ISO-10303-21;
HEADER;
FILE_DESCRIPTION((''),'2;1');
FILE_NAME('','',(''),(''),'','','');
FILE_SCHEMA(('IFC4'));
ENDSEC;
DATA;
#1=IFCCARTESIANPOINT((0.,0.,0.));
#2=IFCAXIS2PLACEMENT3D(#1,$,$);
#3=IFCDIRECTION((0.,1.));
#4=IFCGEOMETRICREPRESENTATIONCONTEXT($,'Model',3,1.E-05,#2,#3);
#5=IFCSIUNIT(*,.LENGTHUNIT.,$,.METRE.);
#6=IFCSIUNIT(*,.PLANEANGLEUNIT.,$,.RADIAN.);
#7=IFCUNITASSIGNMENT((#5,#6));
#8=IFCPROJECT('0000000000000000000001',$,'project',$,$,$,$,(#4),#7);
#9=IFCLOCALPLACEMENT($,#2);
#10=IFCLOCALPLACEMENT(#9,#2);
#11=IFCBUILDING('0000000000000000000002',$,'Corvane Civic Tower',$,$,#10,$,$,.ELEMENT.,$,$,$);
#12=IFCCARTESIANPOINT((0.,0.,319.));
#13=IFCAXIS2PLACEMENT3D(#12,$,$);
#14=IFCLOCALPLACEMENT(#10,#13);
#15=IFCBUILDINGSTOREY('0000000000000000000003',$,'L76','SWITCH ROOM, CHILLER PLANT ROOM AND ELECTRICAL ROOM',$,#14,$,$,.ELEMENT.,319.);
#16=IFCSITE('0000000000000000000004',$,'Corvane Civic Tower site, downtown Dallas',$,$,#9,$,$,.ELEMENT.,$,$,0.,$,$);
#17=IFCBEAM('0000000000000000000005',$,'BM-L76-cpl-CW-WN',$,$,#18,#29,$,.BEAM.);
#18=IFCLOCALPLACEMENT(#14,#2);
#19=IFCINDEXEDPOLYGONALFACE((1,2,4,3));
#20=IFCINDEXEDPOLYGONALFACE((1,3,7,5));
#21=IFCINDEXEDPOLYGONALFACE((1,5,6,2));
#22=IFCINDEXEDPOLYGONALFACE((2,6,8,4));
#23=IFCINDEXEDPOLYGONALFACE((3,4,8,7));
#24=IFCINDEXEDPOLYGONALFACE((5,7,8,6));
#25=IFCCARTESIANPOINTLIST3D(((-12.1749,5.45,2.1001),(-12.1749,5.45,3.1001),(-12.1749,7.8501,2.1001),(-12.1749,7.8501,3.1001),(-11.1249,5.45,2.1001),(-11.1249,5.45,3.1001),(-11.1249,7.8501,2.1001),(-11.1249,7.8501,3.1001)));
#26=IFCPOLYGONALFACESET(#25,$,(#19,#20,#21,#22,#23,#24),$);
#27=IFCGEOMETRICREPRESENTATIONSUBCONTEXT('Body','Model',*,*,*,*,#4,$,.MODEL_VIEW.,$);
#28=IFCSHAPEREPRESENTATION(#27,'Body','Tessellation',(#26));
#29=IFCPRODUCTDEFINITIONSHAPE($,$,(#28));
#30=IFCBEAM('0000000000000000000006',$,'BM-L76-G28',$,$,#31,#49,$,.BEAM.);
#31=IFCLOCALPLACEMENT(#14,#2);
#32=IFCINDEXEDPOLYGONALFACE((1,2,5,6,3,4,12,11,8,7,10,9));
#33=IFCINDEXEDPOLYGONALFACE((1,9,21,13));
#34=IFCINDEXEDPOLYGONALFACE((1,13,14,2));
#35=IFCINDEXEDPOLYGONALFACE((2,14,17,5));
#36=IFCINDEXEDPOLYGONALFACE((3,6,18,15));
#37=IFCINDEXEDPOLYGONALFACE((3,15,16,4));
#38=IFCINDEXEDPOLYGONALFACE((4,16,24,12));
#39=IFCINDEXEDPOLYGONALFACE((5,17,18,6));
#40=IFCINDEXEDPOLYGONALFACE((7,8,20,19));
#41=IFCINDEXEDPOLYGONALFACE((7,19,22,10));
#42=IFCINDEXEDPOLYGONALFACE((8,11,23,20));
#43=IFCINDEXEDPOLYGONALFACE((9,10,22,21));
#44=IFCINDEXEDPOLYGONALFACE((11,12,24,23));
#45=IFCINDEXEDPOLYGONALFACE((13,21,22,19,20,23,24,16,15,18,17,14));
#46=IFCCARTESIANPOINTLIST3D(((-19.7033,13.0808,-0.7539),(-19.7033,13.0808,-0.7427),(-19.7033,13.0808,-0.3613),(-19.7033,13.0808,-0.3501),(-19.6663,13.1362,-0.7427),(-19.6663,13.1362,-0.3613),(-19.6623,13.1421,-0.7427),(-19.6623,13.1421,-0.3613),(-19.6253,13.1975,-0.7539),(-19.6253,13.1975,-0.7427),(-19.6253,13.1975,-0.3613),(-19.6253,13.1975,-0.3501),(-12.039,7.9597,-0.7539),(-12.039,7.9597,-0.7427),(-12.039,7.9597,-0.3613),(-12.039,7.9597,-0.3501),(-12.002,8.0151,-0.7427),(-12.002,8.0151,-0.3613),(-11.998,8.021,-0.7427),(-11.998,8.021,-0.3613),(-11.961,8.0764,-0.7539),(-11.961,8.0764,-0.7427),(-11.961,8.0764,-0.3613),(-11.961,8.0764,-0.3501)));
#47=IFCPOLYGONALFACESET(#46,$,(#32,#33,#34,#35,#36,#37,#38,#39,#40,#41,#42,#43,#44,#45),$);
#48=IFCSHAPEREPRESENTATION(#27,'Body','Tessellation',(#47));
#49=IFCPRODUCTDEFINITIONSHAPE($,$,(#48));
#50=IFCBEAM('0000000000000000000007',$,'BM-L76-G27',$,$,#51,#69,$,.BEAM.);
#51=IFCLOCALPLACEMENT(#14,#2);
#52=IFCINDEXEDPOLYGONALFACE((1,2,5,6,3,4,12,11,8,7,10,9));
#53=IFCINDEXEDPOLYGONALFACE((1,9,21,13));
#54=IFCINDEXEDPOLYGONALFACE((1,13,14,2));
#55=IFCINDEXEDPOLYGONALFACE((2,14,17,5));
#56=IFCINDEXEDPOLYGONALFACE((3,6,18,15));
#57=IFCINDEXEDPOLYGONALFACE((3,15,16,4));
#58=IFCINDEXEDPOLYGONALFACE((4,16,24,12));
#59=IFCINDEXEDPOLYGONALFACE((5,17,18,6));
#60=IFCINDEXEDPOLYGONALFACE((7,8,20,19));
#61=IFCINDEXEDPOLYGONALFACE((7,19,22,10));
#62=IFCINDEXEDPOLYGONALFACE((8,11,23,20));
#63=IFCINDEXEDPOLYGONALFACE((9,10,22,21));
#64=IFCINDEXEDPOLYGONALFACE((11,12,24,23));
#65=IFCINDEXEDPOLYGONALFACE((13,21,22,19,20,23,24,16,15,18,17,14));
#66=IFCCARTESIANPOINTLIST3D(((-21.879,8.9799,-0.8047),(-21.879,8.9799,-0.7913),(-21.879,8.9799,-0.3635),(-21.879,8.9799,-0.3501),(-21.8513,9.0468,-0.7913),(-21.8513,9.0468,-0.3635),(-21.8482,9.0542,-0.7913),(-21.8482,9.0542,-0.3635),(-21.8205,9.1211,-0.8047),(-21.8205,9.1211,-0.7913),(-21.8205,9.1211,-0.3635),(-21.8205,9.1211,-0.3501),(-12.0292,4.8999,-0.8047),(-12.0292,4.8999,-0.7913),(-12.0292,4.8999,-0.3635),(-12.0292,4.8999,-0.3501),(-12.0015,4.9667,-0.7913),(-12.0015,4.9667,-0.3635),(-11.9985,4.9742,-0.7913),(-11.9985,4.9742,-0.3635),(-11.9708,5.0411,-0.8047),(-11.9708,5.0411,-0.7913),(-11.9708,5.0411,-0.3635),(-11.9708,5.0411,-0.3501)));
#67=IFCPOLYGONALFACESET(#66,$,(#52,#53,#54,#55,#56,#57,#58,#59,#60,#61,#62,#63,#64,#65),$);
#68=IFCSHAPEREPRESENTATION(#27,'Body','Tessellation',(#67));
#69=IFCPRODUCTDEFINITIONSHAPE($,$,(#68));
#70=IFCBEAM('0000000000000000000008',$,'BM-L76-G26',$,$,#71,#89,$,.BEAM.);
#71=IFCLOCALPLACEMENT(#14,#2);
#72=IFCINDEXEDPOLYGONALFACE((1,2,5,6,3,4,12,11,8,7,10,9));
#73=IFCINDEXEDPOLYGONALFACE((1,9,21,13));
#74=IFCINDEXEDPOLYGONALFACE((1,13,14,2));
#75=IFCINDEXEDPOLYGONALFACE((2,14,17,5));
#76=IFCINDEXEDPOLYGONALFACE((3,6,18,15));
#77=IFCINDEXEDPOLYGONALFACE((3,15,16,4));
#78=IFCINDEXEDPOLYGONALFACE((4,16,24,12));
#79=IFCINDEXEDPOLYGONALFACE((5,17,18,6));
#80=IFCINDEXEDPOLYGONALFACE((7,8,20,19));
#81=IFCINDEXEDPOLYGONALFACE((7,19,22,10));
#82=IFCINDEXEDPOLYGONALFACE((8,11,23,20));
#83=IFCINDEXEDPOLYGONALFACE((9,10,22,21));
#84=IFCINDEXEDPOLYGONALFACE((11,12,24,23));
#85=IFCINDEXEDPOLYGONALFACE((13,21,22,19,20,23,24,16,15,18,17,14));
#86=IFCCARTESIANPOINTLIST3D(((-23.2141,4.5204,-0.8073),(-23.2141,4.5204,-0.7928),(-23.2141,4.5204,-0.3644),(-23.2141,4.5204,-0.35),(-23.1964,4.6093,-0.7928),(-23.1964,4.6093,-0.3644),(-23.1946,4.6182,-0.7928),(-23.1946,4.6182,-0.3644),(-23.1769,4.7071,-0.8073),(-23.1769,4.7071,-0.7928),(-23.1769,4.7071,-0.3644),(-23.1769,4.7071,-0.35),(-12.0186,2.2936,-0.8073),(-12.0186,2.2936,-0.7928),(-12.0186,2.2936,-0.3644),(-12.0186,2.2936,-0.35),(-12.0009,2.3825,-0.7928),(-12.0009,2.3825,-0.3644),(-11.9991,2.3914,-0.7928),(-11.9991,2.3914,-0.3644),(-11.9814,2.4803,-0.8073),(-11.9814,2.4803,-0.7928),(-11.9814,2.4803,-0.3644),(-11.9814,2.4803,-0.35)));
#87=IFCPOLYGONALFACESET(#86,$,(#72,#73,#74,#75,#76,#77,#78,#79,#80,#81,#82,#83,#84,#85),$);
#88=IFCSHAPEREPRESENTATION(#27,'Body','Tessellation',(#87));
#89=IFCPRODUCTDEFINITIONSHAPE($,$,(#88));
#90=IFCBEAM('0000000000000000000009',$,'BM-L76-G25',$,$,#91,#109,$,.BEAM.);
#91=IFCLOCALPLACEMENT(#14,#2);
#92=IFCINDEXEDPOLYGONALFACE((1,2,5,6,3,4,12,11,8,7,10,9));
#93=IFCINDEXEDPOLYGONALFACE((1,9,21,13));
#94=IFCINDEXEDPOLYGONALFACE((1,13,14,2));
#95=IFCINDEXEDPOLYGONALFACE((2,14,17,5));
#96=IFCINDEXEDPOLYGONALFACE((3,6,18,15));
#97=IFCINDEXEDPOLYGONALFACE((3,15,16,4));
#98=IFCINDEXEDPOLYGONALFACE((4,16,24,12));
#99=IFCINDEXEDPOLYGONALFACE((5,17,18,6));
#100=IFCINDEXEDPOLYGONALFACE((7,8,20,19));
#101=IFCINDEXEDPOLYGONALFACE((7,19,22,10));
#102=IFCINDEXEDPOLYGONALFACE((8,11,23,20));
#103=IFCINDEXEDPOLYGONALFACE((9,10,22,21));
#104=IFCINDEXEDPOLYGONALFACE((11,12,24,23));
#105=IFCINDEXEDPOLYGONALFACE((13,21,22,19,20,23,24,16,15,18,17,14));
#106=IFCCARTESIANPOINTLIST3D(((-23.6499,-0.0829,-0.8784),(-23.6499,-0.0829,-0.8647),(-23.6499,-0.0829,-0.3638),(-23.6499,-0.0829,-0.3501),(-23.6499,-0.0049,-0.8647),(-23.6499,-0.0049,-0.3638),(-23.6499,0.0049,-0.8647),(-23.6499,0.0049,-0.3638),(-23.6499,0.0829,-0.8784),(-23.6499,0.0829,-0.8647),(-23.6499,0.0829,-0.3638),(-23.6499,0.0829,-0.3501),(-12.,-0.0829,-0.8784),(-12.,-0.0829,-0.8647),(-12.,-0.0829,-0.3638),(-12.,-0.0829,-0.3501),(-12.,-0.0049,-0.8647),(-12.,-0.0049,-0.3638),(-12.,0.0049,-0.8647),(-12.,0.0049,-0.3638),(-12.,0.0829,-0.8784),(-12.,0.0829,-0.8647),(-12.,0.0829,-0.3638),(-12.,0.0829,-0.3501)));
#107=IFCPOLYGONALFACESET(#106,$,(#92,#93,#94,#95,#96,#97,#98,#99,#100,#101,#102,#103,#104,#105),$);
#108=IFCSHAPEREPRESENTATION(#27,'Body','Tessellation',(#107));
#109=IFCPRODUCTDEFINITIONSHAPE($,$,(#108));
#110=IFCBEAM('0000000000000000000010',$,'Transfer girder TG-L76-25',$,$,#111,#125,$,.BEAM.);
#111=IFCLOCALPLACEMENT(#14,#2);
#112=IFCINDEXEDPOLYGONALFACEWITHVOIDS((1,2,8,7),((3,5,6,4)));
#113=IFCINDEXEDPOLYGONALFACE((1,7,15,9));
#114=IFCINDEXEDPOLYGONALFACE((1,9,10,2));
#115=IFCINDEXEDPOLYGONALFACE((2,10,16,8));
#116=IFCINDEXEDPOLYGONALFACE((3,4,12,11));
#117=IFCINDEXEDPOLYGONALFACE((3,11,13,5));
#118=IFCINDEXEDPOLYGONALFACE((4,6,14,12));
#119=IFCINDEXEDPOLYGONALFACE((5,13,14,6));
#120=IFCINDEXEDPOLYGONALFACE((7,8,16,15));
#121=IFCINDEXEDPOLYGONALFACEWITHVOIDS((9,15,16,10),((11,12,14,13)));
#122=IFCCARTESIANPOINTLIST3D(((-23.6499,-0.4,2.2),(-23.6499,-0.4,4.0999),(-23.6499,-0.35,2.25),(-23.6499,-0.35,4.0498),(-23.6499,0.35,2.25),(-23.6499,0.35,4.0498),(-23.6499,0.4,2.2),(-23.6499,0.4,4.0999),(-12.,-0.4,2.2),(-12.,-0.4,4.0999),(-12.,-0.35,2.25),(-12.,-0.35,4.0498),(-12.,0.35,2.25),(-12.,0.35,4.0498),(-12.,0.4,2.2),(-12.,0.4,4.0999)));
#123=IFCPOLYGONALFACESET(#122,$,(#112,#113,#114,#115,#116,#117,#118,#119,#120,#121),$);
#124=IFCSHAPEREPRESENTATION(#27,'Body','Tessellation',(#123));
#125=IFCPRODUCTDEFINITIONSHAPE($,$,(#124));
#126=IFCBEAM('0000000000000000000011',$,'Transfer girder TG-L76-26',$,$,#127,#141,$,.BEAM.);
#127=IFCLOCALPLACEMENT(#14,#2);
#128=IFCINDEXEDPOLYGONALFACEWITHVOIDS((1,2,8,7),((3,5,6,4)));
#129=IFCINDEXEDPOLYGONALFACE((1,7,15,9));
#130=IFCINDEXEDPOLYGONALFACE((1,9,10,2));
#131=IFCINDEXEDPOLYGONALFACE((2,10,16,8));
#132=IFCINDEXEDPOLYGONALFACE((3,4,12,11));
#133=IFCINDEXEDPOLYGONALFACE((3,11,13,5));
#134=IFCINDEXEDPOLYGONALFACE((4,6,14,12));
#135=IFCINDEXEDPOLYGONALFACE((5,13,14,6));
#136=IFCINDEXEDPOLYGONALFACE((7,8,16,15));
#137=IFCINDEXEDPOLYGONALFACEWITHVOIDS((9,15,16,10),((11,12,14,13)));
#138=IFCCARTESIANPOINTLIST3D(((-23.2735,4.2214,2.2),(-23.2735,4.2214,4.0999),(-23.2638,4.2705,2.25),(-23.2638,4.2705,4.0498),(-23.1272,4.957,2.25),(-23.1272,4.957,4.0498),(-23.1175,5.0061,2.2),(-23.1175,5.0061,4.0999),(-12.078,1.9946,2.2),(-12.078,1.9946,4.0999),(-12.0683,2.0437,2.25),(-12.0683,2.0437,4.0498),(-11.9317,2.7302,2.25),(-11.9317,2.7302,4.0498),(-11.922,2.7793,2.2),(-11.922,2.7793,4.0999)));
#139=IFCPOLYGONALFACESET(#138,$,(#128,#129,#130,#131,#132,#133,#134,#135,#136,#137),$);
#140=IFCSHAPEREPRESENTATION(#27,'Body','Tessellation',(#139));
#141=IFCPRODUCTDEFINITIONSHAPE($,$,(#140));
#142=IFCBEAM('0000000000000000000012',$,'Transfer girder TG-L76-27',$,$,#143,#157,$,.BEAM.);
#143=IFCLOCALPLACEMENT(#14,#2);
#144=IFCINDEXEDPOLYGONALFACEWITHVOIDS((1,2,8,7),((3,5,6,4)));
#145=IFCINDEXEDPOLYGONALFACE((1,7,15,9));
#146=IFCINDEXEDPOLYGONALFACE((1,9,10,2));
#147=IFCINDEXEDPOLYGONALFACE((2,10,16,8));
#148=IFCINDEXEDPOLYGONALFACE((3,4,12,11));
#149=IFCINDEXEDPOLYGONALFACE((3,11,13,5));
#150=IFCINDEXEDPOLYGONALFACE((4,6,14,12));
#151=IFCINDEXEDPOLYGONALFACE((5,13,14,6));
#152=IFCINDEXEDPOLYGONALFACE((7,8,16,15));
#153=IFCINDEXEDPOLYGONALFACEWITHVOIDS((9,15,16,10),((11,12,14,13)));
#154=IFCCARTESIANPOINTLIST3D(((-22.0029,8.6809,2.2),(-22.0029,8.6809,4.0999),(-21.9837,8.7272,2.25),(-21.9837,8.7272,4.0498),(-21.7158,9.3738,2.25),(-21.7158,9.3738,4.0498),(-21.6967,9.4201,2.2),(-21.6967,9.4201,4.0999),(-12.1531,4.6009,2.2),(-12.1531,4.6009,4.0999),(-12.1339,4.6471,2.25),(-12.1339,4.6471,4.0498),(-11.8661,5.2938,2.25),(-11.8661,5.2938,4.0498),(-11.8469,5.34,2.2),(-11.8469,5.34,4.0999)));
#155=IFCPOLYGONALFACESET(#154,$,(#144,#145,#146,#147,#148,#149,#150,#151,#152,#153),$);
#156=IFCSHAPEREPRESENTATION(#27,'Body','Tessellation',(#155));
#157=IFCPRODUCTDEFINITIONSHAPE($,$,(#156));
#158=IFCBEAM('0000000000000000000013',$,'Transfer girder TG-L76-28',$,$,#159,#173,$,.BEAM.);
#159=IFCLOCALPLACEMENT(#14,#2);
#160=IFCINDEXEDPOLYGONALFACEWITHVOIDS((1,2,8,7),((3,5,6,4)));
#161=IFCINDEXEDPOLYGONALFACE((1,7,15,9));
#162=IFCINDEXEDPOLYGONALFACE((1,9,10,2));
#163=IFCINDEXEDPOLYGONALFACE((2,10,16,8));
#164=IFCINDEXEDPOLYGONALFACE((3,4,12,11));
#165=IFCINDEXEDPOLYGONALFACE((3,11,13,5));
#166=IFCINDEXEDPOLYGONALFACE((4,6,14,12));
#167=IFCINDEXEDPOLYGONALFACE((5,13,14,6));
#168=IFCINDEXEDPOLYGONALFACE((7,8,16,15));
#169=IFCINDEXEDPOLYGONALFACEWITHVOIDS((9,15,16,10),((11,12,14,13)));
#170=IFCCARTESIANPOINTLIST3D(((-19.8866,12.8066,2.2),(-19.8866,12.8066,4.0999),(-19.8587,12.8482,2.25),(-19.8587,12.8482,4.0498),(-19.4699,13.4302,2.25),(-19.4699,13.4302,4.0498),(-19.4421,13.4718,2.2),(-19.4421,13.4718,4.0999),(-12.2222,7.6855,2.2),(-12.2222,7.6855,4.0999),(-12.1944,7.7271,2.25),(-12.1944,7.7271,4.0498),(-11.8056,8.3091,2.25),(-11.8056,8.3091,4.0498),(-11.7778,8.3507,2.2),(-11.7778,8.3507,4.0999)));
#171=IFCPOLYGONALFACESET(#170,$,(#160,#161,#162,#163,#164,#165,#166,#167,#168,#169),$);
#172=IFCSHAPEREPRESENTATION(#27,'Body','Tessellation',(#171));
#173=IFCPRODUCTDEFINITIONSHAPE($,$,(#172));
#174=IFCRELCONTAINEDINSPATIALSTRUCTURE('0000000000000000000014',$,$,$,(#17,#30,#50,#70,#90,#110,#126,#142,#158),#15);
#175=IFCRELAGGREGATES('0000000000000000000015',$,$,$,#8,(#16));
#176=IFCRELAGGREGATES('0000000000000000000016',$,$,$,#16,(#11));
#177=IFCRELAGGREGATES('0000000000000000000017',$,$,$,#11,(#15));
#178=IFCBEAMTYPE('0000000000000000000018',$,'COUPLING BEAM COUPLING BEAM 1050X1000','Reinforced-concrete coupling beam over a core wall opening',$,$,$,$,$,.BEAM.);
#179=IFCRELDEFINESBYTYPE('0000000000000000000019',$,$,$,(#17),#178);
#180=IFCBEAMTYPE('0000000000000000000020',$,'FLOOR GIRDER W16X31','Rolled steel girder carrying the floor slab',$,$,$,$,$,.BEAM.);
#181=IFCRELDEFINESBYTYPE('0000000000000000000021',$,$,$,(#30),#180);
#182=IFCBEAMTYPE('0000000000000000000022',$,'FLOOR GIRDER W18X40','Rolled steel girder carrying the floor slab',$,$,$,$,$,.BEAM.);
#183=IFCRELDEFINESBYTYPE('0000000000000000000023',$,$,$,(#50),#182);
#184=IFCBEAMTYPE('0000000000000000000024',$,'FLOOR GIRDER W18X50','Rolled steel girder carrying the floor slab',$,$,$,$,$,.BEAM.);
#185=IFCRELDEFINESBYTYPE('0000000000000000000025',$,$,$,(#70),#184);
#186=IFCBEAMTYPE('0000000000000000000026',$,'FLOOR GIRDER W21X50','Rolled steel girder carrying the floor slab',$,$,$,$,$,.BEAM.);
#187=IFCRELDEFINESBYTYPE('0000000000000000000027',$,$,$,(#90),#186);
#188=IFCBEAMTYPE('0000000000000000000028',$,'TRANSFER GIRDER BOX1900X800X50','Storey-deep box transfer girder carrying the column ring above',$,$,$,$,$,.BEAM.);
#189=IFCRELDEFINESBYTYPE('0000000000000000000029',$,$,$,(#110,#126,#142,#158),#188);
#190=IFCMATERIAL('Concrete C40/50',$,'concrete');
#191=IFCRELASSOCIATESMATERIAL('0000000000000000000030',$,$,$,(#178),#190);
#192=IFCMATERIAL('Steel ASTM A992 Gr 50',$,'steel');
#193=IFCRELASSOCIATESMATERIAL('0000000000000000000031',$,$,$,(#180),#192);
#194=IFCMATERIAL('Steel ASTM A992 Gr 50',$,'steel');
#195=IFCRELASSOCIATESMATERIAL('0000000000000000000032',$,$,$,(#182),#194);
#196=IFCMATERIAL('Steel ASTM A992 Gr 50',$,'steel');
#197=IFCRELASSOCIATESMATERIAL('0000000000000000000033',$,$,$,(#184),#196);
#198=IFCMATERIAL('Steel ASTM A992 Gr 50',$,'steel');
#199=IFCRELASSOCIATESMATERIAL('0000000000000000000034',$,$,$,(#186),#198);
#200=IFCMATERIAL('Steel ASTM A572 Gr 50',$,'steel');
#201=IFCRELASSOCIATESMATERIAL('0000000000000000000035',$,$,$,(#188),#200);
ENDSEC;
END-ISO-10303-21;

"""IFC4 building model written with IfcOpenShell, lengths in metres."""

from ifc_helpers import new_model, si_unit, direction, frame, origin, origin_2d, place, context, subcontext, project, spatial, rectangle, hollow_rectangle, i_section, extrude, material, material_profile, profile_set, type_object, element, save


model = new_model("IFC4")

# Units and contexts
model_context = context("Model", 3, precision=1e-05, world=origin(), true_north=direction((0.0, 1.0)))
body_context = subcontext(model_context, "Body", "Model", "MODEL_VIEW")
ifc_project = project(units=[si_unit("LENGTHUNIT", "METRE"), si_unit("PLANEANGLEUNIT", "RADIAN")], contexts=[model_context])

# Site, building, storey
site_placement = place(None, origin())
site = spatial("IfcSite", under=ifc_project, at=site_placement, Name="Corvane Civic Tower site, downtown Dallas", CompositionType="ELEMENT", RefElevation=0.0)
building_placement = place(site_placement, origin())
building = spatial("IfcBuilding", under=site, at=building_placement, Name="Corvane Civic Tower", CompositionType="ELEMENT")
storey_placement = place(building_placement, frame((0.0, 0.0, 319.0)))
storey = spatial("IfcBuildingStorey", under=building, at=storey_placement, Name="L76", Description="SWITCH ROOM, CHILLER PLANT ROOM AND ELECTRICAL ROOM", CompositionType="ELEMENT", Elevation=319.0)

# Beams
ifc_material_1 = material(Name="Concrete C40/50", Category="concrete")
ifc_material_profile_1 = material_profile(ifc_material_1, rectangle(XDim=1.05, YDim=1.0, at=origin_2d()), Name="COUPLING BEAM 1050X1000")
ifc_profile_set_1 = profile_set([ifc_material_profile_1], Name="Concrete C40/50")
beam_type_1 = type_object("IfcBeamType", Name="COUPLING BEAM COUPLING BEAM 1050X1000", Description="Reinforced-concrete coupling beam over a core wall opening", PredefinedType="BEAM", material=ifc_profile_set_1)
beam_1_placement = place(storey_placement, frame((-11.6499, 5.45, 2.6001), z_axis=(0.0, 1.0, 0.0), x_axis=(-1.0, 0.0, 0.0)))
element("IfcBeam", 1, at=beam_1_placement, inside=storey, type_object=beam_type_1, Name="BM-L76-cpl-CW-WN", PredefinedType="BEAM", context=body_context, shape_type="SweptSolid", body=[
    extrude(rectangle(XDim=1.05, YDim=1.0, at=origin_2d()), origin(), (0.0, 0.0, 1.0), 2.4001),
])
ifc_material_2 = material(Name="Steel ASTM A992 Gr 50", Category="steel")
ifc_material_profile_2 = material_profile(ifc_material_2, i_section(OverallWidth=0.1404, OverallDepth=0.4038, WebThickness=0.0071, FlangeThickness=0.0112, at=origin_2d()), Name="W16X31")
ifc_profile_set_2 = profile_set([ifc_material_profile_2], Name="Steel ASTM A992 Gr 50")
beam_type_2 = type_object("IfcBeamType", Name="FLOOR GIRDER W16X31", Description="Rolled steel girder carrying the floor slab", PredefinedType="BEAM", material=ifc_profile_set_2)
beam_2_placement = place(storey_placement, frame((-12.0, 8.0181, -0.552), z_axis=(-0.831471, 0.555568, 0.0), x_axis=(-0.555568, -0.831471, 0.0)))
element("IfcBeam", 2, at=beam_2_placement, inside=storey, type_object=beam_type_2, Name="BM-L76-G28", PredefinedType="BEAM", context=body_context, shape_type="SweptSolid", body=[
    extrude(i_section(OverallWidth=0.1404, OverallDepth=0.4038, WebThickness=0.0071, FlangeThickness=0.0112, at=origin_2d()), origin(), (0.0, 0.0, 1.0), 9.2178),
])
ifc_material_3 = material(Name="Steel ASTM A992 Gr 50", Category="steel")
ifc_material_profile_3 = material_profile(ifc_material_3, i_section(OverallWidth=0.1528, OverallDepth=0.4546, WebThickness=0.0081, FlangeThickness=0.0134, at=origin_2d()), Name="W18X40")
ifc_profile_set_3 = profile_set([ifc_material_profile_3], Name="Steel ASTM A992 Gr 50")
beam_type_3 = type_object("IfcBeamType", Name="FLOOR GIRDER W18X40", Description="Rolled steel girder carrying the floor slab", PredefinedType="BEAM", material=ifc_profile_set_3)
beam_3_placement = place(storey_placement, frame((-12.0, 4.9705, -0.5774), z_axis=(-0.923875, 0.382694, 0.0), x_axis=(-0.382694, -0.923875, 0.0)))
element("IfcBeam", 3, at=beam_3_placement, inside=storey, type_object=beam_type_3, Name="BM-L76-G27", PredefinedType="BEAM", context=body_context, shape_type="SweptSolid", body=[
    extrude(i_section(OverallWidth=0.1528, OverallDepth=0.4546, WebThickness=0.0081, FlangeThickness=0.0134, at=origin_2d()), origin(), (0.0, 0.0, 1.0), 10.6614),
])
ifc_material_4 = material(Name="Steel ASTM A992 Gr 50", Category="steel")
ifc_material_profile_4 = material_profile(ifc_material_4, i_section(OverallWidth=0.1904, OverallDepth=0.4573, WebThickness=0.009, FlangeThickness=0.0144, at=origin_2d()), Name="W18X50")
ifc_profile_set_4 = profile_set([ifc_material_profile_4], Name="Steel ASTM A992 Gr 50")
beam_type_4 = type_object("IfcBeamType", Name="FLOOR GIRDER W18X50", Description="Rolled steel girder carrying the floor slab", PredefinedType="BEAM", material=ifc_profile_set_4)
beam_4_placement = place(storey_placement, frame((-12.0, 2.387, -0.5786), z_axis=(-0.980787, 0.19508, 0.0), x_axis=(-0.19508, -0.980787, 0.0)))
element("IfcBeam", 4, at=beam_4_placement, inside=storey, type_object=beam_type_4, Name="BM-L76-G26", PredefinedType="BEAM", context=body_context, shape_type="SweptSolid", body=[
    extrude(i_section(OverallWidth=0.1904, OverallDepth=0.4573, WebThickness=0.009, FlangeThickness=0.0144, at=origin_2d()), origin(), (0.0, 0.0, 1.0), 11.4148),
])
ifc_material_5 = material(Name="Steel ASTM A992 Gr 50", Category="steel")
ifc_material_profile_5 = material_profile(ifc_material_5, i_section(OverallWidth=0.1658, OverallDepth=0.5283, WebThickness=0.0098, FlangeThickness=0.0137, at=origin_2d()), Name="W21X50")
ifc_profile_set_5 = profile_set([ifc_material_profile_5], Name="Steel ASTM A992 Gr 50")
beam_type_5 = type_object("IfcBeamType", Name="FLOOR GIRDER W21X50", Description="Rolled steel girder carrying the floor slab", PredefinedType="BEAM", material=ifc_profile_set_5)
beam_5_placement = place(storey_placement, frame((-12.0, 0.0, -0.6143), z_axis=(-1.0, 0.0, 0.0), x_axis=(0.0, -1.0, 0.0)))
element("IfcBeam", 5, at=beam_5_placement, inside=storey, type_object=beam_type_5, Name="BM-L76-G25", PredefinedType="BEAM", context=body_context, shape_type="SweptSolid", body=[
    extrude(i_section(OverallWidth=0.1658, OverallDepth=0.5283, WebThickness=0.0098, FlangeThickness=0.0137, at=origin_2d()), origin(), (0.0, 0.0, 1.0), 11.6499),
])
ifc_material_6 = material(Name="Steel ASTM A572 Gr 50", Category="steel")
ifc_material_profile_6 = material_profile(ifc_material_6, hollow_rectangle(XDim=0.8, YDim=1.8999, WallThickness=0.05, at=origin_2d()), Name="BOX1900X800X50")
ifc_profile_set_6 = profile_set([ifc_material_profile_6], Name="Steel ASTM A572 Gr 50")
beam_type_6 = type_object("IfcBeamType", Name="TRANSFER GIRDER BOX1900X800X50", Description="Storey-deep box transfer girder carrying the column ring above", PredefinedType="BEAM", material=ifc_profile_set_6)
beam_6_placement = place(storey_placement, frame((-12.0, 0.0, 3.1499), z_axis=(-1.0, 0.0, 0.0), x_axis=(0.0, -1.0, 0.0)))
element("IfcBeam", 6, at=beam_6_placement, inside=storey, type_object=beam_type_6, Name="Transfer girder TG-L76-25", PredefinedType="BEAM", context=body_context, shape_type="SweptSolid", body=[
    extrude(hollow_rectangle(XDim=0.8, YDim=1.8999, WallThickness=0.05, at=origin_2d()), origin(), (0.0, 0.0, 1.0), 11.6499),
])
beam_7_placement = place(storey_placement, frame((-12.0, 2.387, 3.1499), z_axis=(-0.980787, 0.19508, 0.0), x_axis=(-0.19508, -0.980787, 0.0)))
element("IfcBeam", 7, at=beam_7_placement, inside=storey, type_object=beam_type_6, Name="Transfer girder TG-L76-26", PredefinedType="BEAM", context=body_context, shape_type="SweptSolid", body=[
    extrude(hollow_rectangle(XDim=0.8, YDim=1.8999, WallThickness=0.05, at=origin_2d()), origin(), (0.0, 0.0, 1.0), 11.4148),
])
beam_8_placement = place(storey_placement, frame((-12.0, 4.9705, 3.1499), z_axis=(-0.923875, 0.382694, 0.0), x_axis=(-0.382694, -0.923875, 0.0)))
element("IfcBeam", 8, at=beam_8_placement, inside=storey, type_object=beam_type_6, Name="Transfer girder TG-L76-27", PredefinedType="BEAM", context=body_context, shape_type="SweptSolid", body=[
    extrude(hollow_rectangle(XDim=0.8, YDim=1.8999, WallThickness=0.05, at=origin_2d()), origin(), (0.0, 0.0, 1.0), 10.6614),
])
beam_9_placement = place(storey_placement, frame((-12.0, 8.0181, 3.1499), z_axis=(-0.831471, 0.555568, 0.0), x_axis=(-0.555568, -0.831471, 0.0)))
element("IfcBeam", 9, at=beam_9_placement, inside=storey, type_object=beam_type_6, Name="Transfer girder TG-L76-28", PredefinedType="BEAM", context=body_context, shape_type="SweptSolid", body=[
    extrude(hollow_rectangle(XDim=0.8, YDim=1.8999, WallThickness=0.05, at=origin_2d()), origin(), (0.0, 0.0, 1.0), 9.2178),
])

save(model, "model.ifc")
